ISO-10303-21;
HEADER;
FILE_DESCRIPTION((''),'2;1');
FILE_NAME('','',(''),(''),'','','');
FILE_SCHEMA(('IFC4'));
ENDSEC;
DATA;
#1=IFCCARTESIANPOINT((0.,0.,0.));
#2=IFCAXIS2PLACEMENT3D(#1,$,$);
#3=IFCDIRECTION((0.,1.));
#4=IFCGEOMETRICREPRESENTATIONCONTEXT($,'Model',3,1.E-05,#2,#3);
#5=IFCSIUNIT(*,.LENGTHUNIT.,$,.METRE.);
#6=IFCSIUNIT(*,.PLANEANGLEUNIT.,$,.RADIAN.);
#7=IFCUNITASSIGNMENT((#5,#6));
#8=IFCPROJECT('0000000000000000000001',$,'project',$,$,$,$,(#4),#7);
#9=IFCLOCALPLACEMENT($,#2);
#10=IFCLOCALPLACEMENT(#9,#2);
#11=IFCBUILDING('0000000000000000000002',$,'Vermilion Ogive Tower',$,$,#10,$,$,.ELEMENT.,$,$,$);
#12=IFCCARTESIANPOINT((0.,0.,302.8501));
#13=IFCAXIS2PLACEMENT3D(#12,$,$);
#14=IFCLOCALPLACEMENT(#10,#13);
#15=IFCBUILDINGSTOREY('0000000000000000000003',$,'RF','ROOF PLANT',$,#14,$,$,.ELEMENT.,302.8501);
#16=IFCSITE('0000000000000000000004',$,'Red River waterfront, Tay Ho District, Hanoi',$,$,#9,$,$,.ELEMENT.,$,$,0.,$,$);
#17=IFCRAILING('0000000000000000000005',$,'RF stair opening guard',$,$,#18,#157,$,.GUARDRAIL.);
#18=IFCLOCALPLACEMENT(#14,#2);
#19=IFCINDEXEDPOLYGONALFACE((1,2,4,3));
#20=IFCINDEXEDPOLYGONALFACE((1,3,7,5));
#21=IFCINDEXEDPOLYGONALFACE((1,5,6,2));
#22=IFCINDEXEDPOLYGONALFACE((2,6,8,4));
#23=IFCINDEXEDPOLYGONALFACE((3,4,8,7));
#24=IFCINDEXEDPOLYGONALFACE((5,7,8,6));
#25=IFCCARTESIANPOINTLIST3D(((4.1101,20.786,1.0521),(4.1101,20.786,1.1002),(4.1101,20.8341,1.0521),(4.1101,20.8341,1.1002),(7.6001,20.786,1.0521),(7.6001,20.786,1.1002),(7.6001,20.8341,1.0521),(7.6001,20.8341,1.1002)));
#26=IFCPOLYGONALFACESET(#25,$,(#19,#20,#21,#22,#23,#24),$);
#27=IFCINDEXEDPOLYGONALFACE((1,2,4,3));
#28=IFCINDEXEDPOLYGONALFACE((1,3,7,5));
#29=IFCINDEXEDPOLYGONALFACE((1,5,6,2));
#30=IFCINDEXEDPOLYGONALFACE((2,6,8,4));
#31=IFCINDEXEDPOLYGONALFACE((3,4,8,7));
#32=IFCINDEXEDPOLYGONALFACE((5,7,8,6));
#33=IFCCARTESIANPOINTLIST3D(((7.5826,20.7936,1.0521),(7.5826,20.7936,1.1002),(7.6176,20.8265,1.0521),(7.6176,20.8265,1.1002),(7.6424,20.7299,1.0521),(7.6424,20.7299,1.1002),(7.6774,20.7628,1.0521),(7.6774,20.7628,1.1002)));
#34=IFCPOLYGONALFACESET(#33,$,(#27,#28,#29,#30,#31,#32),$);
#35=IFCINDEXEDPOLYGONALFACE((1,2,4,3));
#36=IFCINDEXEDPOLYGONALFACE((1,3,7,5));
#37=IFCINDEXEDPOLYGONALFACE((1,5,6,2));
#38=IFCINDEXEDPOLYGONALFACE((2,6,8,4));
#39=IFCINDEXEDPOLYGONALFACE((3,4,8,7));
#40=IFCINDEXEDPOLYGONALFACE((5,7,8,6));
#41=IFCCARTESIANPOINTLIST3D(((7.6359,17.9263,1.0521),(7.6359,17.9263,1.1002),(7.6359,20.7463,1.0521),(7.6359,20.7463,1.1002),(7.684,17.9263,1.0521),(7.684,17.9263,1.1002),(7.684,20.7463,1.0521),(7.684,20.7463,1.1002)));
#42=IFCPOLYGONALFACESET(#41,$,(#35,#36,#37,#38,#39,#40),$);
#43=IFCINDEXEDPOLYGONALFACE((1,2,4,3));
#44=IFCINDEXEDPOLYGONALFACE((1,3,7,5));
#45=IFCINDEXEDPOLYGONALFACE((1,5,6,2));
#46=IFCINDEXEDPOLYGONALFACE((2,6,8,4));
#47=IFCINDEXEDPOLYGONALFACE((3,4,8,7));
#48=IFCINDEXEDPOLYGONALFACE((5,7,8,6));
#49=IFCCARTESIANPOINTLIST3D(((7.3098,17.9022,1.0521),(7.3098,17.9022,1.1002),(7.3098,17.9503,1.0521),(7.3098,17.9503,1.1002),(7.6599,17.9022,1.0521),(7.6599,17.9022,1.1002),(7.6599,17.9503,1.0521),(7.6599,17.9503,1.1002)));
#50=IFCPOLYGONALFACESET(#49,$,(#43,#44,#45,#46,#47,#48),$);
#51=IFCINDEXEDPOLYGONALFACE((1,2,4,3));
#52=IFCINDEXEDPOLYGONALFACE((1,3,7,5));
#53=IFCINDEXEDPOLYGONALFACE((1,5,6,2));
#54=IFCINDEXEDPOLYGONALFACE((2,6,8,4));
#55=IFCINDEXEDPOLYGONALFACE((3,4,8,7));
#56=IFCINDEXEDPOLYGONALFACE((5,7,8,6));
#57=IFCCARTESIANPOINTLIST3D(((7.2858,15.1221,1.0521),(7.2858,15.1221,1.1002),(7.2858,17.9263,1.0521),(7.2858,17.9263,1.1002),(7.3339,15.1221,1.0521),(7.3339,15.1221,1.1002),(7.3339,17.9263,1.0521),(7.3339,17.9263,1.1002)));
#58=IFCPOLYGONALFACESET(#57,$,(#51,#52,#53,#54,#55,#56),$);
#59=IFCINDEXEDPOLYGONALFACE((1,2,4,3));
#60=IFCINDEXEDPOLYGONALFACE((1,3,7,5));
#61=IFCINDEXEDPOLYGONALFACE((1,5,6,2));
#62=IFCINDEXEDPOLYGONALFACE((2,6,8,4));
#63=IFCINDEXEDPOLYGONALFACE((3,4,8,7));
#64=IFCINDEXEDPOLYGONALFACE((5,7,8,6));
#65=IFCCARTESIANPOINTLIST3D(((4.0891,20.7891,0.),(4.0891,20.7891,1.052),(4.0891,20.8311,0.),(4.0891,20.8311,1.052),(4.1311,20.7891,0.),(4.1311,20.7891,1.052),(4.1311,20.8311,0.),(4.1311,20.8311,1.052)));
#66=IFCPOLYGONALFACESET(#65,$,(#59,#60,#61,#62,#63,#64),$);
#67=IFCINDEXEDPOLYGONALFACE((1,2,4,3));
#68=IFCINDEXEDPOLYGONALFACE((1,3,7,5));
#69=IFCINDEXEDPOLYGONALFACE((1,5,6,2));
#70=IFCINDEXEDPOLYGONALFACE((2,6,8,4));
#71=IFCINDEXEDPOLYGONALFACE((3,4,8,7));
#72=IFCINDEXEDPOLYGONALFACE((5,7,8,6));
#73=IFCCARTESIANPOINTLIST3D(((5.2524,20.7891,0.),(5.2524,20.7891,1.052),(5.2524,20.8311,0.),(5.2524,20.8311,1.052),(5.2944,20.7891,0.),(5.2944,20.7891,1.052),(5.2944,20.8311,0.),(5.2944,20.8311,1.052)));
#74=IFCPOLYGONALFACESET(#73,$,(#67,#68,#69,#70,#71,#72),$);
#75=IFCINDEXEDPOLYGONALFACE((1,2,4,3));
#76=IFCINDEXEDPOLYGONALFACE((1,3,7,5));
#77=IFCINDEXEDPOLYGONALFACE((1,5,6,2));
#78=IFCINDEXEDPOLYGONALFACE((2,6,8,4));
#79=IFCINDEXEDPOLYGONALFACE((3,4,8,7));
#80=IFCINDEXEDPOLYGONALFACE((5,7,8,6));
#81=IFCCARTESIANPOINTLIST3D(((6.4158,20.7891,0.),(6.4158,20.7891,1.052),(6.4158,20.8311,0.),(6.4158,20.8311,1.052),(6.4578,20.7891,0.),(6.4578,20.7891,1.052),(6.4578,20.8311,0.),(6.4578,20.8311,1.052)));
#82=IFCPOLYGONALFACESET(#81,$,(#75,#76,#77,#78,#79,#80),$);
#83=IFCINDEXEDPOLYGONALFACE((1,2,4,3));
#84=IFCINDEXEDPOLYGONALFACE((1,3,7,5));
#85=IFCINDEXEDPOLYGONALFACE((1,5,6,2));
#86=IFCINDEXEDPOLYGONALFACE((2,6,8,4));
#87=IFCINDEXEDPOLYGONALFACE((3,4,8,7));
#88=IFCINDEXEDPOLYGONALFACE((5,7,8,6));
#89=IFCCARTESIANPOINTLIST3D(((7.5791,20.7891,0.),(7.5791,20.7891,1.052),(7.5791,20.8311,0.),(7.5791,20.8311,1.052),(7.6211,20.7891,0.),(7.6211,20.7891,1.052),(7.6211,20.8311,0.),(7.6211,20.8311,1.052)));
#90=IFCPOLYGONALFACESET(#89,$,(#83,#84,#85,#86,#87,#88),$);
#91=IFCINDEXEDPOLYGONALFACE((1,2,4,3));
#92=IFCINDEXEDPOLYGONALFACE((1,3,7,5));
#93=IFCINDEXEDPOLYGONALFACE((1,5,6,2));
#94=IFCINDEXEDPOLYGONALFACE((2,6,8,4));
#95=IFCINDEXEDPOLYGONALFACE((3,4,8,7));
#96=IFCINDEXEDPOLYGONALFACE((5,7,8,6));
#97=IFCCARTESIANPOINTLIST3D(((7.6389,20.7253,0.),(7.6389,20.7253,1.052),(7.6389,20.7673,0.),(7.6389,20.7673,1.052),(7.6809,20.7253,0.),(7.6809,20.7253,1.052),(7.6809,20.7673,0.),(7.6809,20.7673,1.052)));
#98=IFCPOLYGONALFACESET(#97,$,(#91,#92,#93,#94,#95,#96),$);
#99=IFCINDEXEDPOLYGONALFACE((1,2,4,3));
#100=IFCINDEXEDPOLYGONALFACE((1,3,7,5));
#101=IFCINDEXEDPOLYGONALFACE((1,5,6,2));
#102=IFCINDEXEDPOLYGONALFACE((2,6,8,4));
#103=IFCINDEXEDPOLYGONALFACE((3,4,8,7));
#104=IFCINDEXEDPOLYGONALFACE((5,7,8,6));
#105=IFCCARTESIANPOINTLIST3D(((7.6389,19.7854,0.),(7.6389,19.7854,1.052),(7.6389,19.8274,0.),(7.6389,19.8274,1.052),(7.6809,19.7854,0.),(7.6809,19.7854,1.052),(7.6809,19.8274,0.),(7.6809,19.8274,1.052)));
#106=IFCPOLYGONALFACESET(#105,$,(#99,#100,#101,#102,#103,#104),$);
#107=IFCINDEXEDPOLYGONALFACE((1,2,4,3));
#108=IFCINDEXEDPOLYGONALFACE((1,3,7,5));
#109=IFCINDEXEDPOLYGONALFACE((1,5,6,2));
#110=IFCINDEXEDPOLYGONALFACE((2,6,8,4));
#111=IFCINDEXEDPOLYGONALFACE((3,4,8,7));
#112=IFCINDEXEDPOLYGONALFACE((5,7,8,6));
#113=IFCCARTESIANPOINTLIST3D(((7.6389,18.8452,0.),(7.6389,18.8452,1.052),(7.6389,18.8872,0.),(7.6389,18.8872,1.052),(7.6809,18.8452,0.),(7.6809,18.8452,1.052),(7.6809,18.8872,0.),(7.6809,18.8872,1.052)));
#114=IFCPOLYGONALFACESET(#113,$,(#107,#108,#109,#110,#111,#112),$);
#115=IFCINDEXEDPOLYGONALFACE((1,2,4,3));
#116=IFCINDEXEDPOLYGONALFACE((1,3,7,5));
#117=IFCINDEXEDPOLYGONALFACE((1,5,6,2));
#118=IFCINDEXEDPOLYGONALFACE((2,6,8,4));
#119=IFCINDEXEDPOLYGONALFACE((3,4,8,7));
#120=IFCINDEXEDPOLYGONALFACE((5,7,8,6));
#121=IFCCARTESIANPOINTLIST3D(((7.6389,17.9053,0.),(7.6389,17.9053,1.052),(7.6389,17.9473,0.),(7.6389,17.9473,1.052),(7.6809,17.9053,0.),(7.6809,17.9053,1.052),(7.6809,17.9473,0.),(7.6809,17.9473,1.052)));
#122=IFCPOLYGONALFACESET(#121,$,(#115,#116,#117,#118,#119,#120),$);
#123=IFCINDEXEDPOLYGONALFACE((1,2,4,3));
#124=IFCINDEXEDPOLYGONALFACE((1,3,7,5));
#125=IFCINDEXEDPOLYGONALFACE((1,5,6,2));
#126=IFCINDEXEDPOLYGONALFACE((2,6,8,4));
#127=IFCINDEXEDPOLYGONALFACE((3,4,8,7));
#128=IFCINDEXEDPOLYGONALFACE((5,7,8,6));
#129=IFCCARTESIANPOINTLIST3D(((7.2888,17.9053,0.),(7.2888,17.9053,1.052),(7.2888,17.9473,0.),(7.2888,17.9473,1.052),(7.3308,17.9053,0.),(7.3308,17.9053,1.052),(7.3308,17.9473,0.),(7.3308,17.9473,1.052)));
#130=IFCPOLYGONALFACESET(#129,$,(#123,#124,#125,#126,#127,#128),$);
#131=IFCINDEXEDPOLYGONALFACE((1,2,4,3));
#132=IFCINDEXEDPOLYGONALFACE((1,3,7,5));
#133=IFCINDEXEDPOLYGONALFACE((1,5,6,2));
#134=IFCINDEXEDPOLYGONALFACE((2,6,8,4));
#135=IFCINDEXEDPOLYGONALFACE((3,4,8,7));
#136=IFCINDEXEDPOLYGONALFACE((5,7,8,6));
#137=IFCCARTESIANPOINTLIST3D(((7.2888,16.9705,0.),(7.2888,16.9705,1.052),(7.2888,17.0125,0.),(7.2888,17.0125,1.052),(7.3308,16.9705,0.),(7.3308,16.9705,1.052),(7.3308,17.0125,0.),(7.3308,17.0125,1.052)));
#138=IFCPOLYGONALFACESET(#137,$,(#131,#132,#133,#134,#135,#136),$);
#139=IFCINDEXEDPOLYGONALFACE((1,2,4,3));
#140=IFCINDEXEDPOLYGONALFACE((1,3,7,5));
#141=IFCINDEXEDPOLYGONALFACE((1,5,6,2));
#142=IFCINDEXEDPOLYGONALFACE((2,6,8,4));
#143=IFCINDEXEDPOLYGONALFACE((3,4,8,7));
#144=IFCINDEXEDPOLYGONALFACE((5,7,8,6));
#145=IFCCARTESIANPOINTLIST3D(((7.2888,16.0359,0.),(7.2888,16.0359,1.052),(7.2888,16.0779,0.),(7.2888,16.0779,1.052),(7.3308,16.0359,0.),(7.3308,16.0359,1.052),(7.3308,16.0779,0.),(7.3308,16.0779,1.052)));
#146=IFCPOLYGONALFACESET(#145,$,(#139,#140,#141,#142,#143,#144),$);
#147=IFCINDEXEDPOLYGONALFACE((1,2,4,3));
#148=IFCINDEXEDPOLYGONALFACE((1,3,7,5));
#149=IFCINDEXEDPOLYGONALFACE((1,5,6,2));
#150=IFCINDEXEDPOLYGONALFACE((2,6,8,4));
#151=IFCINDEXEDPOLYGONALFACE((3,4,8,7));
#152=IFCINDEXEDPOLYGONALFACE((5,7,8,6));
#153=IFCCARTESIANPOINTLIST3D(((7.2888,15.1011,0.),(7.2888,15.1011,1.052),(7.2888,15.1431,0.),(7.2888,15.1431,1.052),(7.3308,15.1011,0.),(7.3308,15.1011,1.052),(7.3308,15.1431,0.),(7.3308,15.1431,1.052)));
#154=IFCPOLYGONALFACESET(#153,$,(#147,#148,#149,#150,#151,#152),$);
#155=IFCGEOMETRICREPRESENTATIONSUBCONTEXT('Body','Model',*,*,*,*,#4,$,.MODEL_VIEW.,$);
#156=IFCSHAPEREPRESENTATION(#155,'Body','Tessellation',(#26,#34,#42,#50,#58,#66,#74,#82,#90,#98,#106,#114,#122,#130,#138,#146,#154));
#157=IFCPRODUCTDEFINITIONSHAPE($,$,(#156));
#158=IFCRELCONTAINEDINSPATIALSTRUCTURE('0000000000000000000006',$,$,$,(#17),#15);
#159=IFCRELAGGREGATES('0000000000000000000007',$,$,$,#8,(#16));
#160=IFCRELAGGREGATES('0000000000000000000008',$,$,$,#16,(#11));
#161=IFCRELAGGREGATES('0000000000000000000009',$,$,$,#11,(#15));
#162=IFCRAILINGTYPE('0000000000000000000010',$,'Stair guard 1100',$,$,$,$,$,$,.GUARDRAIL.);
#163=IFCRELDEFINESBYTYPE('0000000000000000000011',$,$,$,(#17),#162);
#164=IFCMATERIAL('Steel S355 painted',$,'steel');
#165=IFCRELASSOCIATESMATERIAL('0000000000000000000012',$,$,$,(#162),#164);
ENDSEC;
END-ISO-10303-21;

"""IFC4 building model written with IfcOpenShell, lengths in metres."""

from ifc_helpers import new_model, si_unit, direction, frame, origin, origin_2d, place, context, subcontext, project, spatial, rectangle, extrude, material, type_object, element, save


model = new_model("IFC4")

# Units and contexts
model_context = context("Model", 3, precision=1e-05, world=origin(), true_north=direction((0.0, 1.0)))
body_context = subcontext(model_context, "Body", "Model", "MODEL_VIEW")
ifc_project = project(units=[si_unit("LENGTHUNIT", "METRE"), si_unit("PLANEANGLEUNIT", "RADIAN")], contexts=[model_context])

# Site, building, storey
site_placement = place(None, origin())
site = spatial("IfcSite", under=ifc_project, at=site_placement, Name="Red River waterfront, Tay Ho District, Hanoi", CompositionType="ELEMENT", RefElevation=0.0)
building_placement = place(site_placement, origin())
building = spatial("IfcBuilding", under=site, at=building_placement, Name="Vermilion Ogive Tower", CompositionType="ELEMENT")
storey_placement = place(building_placement, frame((0.0, 0.0, 302.8501)))
storey = spatial("IfcBuildingStorey", under=building, at=storey_placement, Name="RF", Description="ROOF PLANT", CompositionType="ELEMENT", Elevation=302.8501)

# Railing
ifc_material_1 = material(Name="Steel S355 painted", Category="steel")
railing_type = type_object("IfcRailingType", Name="Stair guard 1100", PredefinedType="GUARDRAIL", material=ifc_material_1)
railing_1_placement = place(storey_placement, frame((4.1101, 20.8101, 0.0)))
element("IfcRailing", 1, at=railing_1_placement, inside=storey, type_object=railing_type, Name="RF stair opening guard", PredefinedType="GUARDRAIL", context=body_context, shape_type="SweptSolid", body=[
    extrude(rectangle(XDim=0.0481, YDim=0.0481, at=origin_2d()), frame((0.0, 0.0, 1.0762), z_axis=(1.0, 0.0, 0.0), x_axis=(0.0, 1.0, 0.0)), (0.0, 0.0, 1.0), 3.49),
    extrude(rectangle(XDim=0.0481, YDim=0.0481, at=origin_2d()), frame((3.49, 0.0, 1.0762), z_axis=(0.684406, -0.729101, 0.0), x_axis=(0.729101, 0.684406, 0.0)), (0.0, 0.0, 1.0), 0.0874),
    extrude(rectangle(XDim=0.0481, YDim=0.0481, at=origin_2d()), frame((3.5498, -0.0637, 1.0762), z_axis=(0.0, -1.0, 0.0), x_axis=(1.0, 0.0, 0.0)), (0.0, 0.0, 1.0), 2.8201),
    extrude(rectangle(XDim=0.0481, YDim=0.0481, at=origin_2d()), frame((3.5498, -2.8838, 1.0762), z_axis=(-1.0, 0.0, 0.0), x_axis=(0.0, -1.0, 0.0)), (0.0, 0.0, 1.0), 0.3501),
    extrude(rectangle(XDim=0.0481, YDim=0.0481, at=origin_2d()), frame((3.1997, -2.8838, 1.0762), z_axis=(0.0, -1.0, 0.0), x_axis=(1.0, 0.0, 0.0)), (0.0, 0.0, 1.0), 2.8042),
    extrude(rectangle(XDim=0.042, YDim=0.042, at=origin_2d()), origin(), (0.0, 0.0, 1.0), 1.052),
    extrude(rectangle(XDim=0.042, YDim=0.042, at=origin_2d()), frame((1.1633, 0.0, 0.0)), (0.0, 0.0, 1.0), 1.052),
    extrude(rectangle(XDim=0.042, YDim=0.042, at=origin_2d()), frame((2.3267, 0.0, 0.0)), (0.0, 0.0, 1.0), 1.052),
    extrude(rectangle(XDim=0.042, YDim=0.042, at=origin_2d()), frame((3.49, 0.0, 0.0)), (0.0, 0.0, 1.0), 1.052),
    extrude(rectangle(XDim=0.042, YDim=0.042, at=origin_2d()), frame((3.5498, -0.0637, 0.0)), (0.0, 0.0, 1.0), 1.052),
    extrude(rectangle(XDim=0.042, YDim=0.042, at=origin_2d()), frame((3.5498, -1.0037, 0.0)), (0.0, 0.0, 1.0), 1.052),
    extrude(rectangle(XDim=0.042, YDim=0.042, at=origin_2d()), frame((3.5498, -1.9438, 0.0)), (0.0, 0.0, 1.0), 1.052),
    extrude(rectangle(XDim=0.042, YDim=0.042, at=origin_2d()), frame((3.5498, -2.8838, 0.0)), (0.0, 0.0, 1.0), 1.052),
    extrude(rectangle(XDim=0.042, YDim=0.042, at=origin_2d()), frame((3.1997, -2.8838, 0.0)), (0.0, 0.0, 1.0), 1.052),
    extrude(rectangle(XDim=0.042, YDim=0.042, at=origin_2d()), frame((3.1997, -3.8186, 0.0)), (0.0, 0.0, 1.0), 1.052),
    extrude(rectangle(XDim=0.042, YDim=0.042, at=origin_2d()), frame((3.1997, -4.7532, 0.0)), (0.0, 0.0, 1.0), 1.052),
    extrude(rectangle(XDim=0.042, YDim=0.042, at=origin_2d()), frame((3.1997, -5.688, 0.0)), (0.0, 0.0, 1.0), 1.052),
])

save(model, "model.ifc")
